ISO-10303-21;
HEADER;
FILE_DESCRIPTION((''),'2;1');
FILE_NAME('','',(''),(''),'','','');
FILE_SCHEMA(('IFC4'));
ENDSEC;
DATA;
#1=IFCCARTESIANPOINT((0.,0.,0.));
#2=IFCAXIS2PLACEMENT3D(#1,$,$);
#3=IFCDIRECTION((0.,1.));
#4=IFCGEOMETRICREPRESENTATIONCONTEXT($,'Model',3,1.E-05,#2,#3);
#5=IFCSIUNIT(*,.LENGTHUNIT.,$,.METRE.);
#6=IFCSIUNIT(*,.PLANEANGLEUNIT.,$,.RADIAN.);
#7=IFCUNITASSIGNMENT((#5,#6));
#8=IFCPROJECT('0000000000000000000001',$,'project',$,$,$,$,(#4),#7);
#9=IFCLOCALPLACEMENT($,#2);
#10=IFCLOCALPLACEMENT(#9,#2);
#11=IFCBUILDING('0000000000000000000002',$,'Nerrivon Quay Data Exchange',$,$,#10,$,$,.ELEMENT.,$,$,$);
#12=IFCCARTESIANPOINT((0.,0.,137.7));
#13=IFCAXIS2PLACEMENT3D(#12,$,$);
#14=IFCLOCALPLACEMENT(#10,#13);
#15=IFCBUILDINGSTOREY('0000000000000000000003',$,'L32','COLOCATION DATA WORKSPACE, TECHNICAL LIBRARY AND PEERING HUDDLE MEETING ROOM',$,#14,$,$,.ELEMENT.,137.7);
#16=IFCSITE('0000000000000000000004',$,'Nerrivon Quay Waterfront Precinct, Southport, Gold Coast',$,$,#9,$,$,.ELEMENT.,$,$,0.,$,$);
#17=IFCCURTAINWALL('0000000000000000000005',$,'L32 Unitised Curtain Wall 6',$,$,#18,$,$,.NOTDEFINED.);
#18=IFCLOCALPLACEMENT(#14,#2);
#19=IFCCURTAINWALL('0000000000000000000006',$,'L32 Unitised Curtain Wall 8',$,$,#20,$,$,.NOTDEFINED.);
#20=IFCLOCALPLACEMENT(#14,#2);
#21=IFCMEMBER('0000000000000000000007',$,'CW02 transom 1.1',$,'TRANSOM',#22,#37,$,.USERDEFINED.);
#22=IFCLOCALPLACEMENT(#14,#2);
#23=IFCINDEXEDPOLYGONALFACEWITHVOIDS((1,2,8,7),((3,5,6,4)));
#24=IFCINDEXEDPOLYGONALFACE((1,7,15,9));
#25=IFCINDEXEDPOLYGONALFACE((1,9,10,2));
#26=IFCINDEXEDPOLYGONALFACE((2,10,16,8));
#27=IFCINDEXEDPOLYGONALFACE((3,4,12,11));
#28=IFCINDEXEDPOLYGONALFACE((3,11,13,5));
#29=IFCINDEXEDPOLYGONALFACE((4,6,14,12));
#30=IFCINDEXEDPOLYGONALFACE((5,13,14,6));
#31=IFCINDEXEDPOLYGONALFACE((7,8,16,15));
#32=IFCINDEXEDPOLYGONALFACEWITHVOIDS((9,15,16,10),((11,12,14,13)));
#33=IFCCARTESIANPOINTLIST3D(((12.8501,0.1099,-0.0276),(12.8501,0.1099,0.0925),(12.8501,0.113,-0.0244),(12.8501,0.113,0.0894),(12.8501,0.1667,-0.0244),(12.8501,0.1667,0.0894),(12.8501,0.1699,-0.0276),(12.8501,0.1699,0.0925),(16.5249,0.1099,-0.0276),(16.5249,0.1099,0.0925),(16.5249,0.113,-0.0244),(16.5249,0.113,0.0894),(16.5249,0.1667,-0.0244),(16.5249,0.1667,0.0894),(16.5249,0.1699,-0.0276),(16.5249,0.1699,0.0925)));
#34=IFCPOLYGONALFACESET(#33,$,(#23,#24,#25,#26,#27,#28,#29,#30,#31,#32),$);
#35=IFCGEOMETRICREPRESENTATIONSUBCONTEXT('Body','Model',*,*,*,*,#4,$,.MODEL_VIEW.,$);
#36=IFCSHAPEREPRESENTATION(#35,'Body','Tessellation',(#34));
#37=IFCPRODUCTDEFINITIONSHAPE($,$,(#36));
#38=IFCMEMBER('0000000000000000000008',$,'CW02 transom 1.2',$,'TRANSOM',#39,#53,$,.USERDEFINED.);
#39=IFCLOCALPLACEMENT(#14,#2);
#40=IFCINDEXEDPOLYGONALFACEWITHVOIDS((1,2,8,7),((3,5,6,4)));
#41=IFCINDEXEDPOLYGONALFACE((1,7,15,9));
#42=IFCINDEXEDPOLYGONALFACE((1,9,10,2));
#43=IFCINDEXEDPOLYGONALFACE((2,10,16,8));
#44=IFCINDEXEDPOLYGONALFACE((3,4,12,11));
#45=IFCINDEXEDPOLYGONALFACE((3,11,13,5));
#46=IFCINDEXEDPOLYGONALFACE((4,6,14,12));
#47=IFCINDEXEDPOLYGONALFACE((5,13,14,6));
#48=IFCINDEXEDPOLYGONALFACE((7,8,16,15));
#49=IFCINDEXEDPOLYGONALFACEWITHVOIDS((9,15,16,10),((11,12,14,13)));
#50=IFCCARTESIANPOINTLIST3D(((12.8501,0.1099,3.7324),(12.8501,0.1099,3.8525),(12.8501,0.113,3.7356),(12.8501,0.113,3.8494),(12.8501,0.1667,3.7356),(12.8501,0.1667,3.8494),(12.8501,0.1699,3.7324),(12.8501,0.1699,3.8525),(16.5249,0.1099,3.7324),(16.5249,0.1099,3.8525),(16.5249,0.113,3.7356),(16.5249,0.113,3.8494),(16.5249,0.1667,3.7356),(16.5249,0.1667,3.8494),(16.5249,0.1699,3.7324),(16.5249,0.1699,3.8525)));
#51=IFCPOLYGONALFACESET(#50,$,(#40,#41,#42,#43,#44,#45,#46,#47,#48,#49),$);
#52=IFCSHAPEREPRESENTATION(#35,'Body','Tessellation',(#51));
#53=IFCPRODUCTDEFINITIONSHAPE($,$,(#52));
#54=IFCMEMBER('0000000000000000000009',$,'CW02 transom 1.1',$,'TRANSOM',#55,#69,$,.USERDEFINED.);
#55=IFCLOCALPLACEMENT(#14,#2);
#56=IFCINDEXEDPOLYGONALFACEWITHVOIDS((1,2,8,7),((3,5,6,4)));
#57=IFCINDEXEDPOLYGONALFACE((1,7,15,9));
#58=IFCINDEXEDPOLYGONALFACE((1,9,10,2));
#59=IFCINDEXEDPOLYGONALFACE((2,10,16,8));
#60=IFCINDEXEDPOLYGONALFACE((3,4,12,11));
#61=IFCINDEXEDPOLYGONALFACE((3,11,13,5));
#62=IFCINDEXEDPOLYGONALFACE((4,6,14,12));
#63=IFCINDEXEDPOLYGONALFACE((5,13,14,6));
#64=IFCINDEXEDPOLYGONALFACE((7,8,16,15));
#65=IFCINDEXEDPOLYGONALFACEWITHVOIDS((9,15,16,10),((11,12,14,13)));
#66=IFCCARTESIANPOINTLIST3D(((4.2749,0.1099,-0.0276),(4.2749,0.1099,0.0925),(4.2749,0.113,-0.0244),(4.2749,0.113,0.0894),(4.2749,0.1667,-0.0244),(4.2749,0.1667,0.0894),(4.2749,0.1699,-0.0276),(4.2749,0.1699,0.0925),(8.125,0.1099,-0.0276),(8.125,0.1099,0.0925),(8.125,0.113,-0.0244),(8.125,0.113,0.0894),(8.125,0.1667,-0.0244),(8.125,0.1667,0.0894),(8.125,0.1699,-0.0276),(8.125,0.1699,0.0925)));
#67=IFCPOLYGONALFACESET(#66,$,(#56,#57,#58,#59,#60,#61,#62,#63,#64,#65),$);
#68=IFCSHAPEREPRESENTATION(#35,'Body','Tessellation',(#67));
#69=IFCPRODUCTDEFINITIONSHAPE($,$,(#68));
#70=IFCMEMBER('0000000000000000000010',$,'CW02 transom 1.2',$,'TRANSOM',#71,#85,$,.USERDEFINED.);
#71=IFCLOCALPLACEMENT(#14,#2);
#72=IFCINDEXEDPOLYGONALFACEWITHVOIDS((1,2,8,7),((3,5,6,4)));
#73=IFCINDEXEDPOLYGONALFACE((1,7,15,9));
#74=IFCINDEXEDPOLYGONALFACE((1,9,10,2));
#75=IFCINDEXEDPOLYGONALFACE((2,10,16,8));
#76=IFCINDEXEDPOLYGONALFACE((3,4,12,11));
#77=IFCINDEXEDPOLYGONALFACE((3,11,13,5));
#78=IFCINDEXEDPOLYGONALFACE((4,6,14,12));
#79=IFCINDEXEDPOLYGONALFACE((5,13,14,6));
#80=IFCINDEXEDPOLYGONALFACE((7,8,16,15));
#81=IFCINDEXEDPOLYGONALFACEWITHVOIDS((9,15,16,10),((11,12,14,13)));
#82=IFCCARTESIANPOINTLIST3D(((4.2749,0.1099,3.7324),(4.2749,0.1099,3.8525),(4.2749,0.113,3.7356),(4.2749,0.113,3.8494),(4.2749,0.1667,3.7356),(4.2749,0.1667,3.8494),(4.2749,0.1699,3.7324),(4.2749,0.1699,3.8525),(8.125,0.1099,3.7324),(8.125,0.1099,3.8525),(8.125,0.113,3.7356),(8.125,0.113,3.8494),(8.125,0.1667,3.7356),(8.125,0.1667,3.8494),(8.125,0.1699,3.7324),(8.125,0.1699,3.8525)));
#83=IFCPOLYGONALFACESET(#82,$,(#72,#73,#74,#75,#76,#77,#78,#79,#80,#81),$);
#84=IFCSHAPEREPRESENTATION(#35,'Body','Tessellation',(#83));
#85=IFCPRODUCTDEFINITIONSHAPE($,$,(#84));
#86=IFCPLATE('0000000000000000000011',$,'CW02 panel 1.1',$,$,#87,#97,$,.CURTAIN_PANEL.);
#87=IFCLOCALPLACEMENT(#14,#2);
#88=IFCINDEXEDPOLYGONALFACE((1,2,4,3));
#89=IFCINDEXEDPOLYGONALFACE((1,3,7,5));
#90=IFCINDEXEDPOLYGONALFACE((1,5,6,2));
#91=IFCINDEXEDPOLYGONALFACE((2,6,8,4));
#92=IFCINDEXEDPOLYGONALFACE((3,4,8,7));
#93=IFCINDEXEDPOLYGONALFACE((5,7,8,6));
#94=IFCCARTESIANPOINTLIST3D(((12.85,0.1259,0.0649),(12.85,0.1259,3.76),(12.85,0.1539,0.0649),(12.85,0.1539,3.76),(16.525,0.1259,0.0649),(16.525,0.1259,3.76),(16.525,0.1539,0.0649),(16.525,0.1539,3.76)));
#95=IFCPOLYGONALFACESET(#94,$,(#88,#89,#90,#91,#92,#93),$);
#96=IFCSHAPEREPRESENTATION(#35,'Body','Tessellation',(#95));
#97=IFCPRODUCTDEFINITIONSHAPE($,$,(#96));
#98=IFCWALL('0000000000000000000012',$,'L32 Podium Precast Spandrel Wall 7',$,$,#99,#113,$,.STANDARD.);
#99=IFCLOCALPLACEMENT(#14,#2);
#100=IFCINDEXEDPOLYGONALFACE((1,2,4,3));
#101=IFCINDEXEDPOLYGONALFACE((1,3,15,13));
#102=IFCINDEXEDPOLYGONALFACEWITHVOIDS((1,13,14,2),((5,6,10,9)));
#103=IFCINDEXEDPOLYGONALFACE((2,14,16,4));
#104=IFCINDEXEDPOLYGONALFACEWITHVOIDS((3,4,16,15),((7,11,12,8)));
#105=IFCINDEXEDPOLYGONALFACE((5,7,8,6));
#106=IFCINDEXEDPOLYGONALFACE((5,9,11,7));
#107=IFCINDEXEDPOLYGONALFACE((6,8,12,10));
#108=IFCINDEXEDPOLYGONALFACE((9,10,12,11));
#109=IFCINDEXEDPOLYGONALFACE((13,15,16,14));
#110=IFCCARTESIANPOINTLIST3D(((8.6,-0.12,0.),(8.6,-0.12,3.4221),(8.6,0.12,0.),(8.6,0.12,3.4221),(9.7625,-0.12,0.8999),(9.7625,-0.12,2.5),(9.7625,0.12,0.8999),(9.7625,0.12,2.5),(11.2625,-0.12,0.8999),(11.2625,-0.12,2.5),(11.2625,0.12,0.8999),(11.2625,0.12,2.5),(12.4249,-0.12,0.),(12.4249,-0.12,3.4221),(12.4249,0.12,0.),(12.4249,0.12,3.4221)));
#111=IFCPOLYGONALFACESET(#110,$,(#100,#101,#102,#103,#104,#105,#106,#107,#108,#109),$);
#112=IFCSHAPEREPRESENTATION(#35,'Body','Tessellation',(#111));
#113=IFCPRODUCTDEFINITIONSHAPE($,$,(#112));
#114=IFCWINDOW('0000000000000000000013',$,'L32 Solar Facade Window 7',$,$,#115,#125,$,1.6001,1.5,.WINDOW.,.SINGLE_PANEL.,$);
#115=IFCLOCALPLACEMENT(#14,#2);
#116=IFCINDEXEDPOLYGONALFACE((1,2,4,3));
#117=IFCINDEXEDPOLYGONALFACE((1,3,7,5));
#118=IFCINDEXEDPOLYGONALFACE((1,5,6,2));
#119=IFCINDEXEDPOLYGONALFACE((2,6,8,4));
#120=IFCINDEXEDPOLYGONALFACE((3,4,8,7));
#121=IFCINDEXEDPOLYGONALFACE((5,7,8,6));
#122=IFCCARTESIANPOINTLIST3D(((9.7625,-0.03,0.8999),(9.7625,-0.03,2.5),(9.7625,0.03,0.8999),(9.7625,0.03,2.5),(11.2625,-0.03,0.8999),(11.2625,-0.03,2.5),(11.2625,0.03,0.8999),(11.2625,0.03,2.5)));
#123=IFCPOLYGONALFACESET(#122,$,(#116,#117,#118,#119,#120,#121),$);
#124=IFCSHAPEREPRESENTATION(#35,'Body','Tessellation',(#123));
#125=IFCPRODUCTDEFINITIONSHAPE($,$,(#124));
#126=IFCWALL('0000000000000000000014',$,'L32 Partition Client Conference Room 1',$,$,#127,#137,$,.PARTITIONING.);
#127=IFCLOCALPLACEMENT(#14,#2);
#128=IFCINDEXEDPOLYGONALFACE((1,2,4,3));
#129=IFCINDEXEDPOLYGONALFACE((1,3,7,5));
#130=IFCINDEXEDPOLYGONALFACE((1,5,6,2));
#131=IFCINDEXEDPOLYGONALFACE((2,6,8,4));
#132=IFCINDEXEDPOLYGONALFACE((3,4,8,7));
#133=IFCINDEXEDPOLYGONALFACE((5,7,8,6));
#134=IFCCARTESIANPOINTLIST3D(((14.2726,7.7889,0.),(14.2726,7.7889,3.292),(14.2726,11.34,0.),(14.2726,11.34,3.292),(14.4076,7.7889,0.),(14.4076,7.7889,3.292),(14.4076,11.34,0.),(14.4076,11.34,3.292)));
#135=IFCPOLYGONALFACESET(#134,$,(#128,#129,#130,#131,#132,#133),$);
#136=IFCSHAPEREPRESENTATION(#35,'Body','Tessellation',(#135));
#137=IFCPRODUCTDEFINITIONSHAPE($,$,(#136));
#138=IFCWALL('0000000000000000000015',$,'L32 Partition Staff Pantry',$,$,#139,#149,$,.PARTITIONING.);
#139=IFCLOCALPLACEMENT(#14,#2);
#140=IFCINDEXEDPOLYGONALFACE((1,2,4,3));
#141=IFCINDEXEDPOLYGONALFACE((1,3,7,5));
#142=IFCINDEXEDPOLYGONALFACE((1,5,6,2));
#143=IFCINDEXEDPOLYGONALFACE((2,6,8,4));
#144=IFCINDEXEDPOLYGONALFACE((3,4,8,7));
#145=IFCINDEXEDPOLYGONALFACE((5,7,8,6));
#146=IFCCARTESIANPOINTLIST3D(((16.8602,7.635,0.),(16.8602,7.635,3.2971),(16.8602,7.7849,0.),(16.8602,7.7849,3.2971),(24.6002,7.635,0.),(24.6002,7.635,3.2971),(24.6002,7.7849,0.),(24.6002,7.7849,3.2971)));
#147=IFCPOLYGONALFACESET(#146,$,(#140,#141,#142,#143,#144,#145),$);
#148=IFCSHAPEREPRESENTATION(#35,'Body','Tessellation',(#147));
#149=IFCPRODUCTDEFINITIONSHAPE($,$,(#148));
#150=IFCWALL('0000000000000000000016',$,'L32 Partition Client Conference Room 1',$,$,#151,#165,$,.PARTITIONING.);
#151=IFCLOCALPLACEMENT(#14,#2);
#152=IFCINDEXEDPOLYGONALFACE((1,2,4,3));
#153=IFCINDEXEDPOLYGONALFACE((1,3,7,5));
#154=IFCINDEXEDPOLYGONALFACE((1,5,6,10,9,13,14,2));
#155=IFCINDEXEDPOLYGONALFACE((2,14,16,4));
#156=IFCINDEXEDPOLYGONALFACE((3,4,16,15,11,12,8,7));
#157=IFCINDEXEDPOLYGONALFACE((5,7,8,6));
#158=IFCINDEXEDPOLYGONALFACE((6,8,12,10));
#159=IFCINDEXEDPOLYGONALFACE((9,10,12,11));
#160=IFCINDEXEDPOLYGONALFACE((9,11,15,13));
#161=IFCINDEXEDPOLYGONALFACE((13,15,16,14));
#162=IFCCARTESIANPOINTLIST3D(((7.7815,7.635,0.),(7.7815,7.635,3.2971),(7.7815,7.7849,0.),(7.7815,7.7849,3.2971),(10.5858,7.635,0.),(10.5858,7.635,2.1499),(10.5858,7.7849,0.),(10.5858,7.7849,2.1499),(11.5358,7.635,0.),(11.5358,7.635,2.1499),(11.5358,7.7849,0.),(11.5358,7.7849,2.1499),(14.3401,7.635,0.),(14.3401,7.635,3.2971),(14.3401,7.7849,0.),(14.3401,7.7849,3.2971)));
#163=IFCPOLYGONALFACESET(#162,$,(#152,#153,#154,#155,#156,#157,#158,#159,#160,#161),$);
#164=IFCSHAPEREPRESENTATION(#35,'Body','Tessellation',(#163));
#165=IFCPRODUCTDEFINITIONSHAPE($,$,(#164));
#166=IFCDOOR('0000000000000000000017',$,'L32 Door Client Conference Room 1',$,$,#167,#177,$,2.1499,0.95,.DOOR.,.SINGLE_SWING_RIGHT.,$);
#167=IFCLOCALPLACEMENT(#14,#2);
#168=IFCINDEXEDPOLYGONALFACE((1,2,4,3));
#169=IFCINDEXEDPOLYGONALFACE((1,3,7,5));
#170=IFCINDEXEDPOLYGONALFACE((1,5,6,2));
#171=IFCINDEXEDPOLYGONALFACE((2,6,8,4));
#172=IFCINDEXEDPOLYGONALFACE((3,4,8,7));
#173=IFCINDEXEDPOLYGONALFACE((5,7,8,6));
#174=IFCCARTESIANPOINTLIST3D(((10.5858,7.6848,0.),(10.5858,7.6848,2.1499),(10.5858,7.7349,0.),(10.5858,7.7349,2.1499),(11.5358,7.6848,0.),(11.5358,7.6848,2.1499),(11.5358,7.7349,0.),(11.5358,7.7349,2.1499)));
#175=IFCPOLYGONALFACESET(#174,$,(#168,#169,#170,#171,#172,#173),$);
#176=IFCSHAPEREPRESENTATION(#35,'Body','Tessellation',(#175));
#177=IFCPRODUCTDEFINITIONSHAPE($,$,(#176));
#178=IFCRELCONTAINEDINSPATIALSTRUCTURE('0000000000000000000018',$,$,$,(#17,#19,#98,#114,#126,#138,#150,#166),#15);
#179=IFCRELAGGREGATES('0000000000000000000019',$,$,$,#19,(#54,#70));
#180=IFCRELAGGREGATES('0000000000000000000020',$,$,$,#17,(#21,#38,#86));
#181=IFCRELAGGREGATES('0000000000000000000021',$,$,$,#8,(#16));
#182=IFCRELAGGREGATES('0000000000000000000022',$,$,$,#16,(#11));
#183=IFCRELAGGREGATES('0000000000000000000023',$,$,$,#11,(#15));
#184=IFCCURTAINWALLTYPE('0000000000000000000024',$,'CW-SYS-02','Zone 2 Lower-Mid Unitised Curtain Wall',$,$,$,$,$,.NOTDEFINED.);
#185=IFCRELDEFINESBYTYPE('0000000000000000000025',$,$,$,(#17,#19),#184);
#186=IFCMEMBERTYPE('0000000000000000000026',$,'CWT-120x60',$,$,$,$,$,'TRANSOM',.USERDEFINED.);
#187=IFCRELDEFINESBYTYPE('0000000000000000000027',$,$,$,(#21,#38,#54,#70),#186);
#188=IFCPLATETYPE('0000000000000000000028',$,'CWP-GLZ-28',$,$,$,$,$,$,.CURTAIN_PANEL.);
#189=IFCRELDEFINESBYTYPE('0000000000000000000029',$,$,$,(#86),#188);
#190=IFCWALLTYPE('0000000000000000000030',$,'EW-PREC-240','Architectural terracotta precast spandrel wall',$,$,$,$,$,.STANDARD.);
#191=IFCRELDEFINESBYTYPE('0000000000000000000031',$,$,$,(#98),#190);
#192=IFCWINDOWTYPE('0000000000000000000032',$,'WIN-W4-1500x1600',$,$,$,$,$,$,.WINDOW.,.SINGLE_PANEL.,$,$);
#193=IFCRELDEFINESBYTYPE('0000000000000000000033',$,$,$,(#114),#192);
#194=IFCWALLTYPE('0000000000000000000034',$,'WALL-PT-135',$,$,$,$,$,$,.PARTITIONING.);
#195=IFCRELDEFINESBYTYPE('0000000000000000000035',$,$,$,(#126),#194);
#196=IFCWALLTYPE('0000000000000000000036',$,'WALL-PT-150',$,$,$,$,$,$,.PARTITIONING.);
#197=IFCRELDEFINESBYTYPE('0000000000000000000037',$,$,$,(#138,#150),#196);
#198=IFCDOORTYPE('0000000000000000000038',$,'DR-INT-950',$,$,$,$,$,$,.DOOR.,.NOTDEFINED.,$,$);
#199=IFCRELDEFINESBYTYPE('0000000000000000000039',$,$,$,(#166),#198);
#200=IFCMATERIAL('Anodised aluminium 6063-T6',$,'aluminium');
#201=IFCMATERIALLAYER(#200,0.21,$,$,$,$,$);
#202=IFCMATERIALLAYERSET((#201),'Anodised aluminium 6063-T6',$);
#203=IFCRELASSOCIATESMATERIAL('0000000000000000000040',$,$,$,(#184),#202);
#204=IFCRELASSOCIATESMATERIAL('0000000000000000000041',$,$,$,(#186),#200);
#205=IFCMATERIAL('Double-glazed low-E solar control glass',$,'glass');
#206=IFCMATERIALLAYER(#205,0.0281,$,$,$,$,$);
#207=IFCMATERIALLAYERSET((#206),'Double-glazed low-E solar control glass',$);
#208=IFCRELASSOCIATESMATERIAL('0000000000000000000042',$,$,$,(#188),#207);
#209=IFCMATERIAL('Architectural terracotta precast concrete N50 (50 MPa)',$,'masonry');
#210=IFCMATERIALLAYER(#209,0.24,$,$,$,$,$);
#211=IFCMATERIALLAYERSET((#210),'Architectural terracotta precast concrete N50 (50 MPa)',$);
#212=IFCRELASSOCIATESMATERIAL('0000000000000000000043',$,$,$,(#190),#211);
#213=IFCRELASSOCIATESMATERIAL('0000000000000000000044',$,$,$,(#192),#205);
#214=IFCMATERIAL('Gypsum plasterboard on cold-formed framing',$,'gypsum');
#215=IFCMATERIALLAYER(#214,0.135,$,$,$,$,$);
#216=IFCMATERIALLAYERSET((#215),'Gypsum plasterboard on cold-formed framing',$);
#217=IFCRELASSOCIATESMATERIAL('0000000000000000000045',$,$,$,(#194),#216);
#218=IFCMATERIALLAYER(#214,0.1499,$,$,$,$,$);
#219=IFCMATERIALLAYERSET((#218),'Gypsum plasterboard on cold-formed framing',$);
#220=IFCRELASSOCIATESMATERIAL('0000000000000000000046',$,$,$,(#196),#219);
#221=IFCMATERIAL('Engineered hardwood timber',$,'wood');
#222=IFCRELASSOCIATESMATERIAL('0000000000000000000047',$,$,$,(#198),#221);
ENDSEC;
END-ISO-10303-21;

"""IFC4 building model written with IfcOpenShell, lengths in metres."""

from ifc_helpers import new_model, si_unit, direction, frame, frame_2d, origin, origin_2d, place, context, subcontext, project, spatial, rectangle, hollow_rectangle, extrude, material, layer, layer_set, material_profile, profile_set, type_object, element, fill, aggregate, save


model = new_model("IFC4")

# Units and contexts
model_context = context("Model", 3, precision=1e-05, world=origin(), true_north=direction((0.0, 1.0)))
body_context = subcontext(model_context, "Body", "Model", "MODEL_VIEW")
ifc_project = project(units=[si_unit("LENGTHUNIT", "METRE"), si_unit("PLANEANGLEUNIT", "RADIAN")], contexts=[model_context])

# Site, building, storey
site_placement = place(None, origin())
site = spatial("IfcSite", under=ifc_project, at=site_placement, Name="Nerrivon Quay Waterfront Precinct, Southport, Gold Coast", CompositionType="ELEMENT", RefElevation=0.0)
building_placement = place(site_placement, origin())
building = spatial("IfcBuilding", under=site, at=building_placement, Name="Nerrivon Quay Data Exchange", CompositionType="ELEMENT")
storey_placement = place(building_placement, frame((0.0, 0.0, 137.7)))
storey = spatial("IfcBuildingStorey", under=building, at=storey_placement, Name="L32", Description="COLOCATION DATA WORKSPACE, TECHNICAL LIBRARY AND PEERING HUDDLE MEETING ROOM", CompositionType="ELEMENT", Elevation=137.7)

# Curtain wall
ifc_material_1 = material(Name="Anodised aluminium 6063-T6", Category="aluminium")
ifc_layer_1 = layer(ifc_material_1, 0.21)
ifc_layer_set_1 = layer_set([ifc_layer_1], Name="Anodised aluminium 6063-T6")
curtain_wall_type = type_object("IfcCurtainWallType", Name="CW-SYS-02", Description="Zone 2 Lower-Mid Unitised Curtain Wall", PredefinedType="NOTDEFINED", material=ifc_layer_set_1)
curtain_wall_1_placement = place(storey_placement, origin())
curtain_wall_1 = element("IfcCurtainWall", 1, at=curtain_wall_1_placement, inside=storey, type_object=curtain_wall_type, Name="L32 Unitised Curtain Wall 6", PredefinedType="NOTDEFINED")

# Curtain wall
curtain_wall_2_placement = place(storey_placement, origin())
curtain_wall_2 = element("IfcCurtainWall", 2, at=curtain_wall_2_placement, inside=storey, type_object=curtain_wall_type, Name="L32 Unitised Curtain Wall 8", PredefinedType="NOTDEFINED")

# Members
ifc_material_profile_1 = material_profile(ifc_material_1, hollow_rectangle(XDim=0.0601, YDim=0.1201, WallThickness=0.0032, at=origin_2d()), Name="ALU-TRAN-120x60")
ifc_profile_set_1 = profile_set([ifc_material_profile_1], Name="Anodised aluminium 6063-T6")
member_type_1 = type_object("IfcMemberType", Name="CWT-120x60", ElementType="TRANSOM", PredefinedType="USERDEFINED", material=ifc_profile_set_1)
member_1_placement = place(storey_placement, frame((16.5249, 0.1399, 0.0325), z_axis=(-1.0, 0.0, 0.0), x_axis=(0.0, -1.0, 0.0)))
member_1 = element("IfcMember", 3, at=member_1_placement, type_object=member_type_1, Name="CW02 transom 1.1", ObjectType="TRANSOM", PredefinedType="USERDEFINED", context=body_context, shape_type="SweptSolid", body=[
    extrude(hollow_rectangle(XDim=0.0601, YDim=0.1201, WallThickness=0.0032, at=origin_2d()), origin(), (0.0, 0.0, 1.0), 3.6748),
])
member_2_placement = place(storey_placement, frame((16.5249, 0.1399, 3.7925), z_axis=(-1.0, 0.0, 0.0), x_axis=(0.0, -1.0, 0.0)))
member_2 = element("IfcMember", 4, at=member_2_placement, type_object=member_type_1, Name="CW02 transom 1.2", ObjectType="TRANSOM", PredefinedType="USERDEFINED", context=body_context, shape_type="SweptSolid", body=[
    extrude(hollow_rectangle(XDim=0.0601, YDim=0.1201, WallThickness=0.0032, at=origin_2d()), origin(), (0.0, 0.0, 1.0), 3.6748),
])
member_3_placement = place(storey_placement, frame((8.125, 0.1399, 0.0325), z_axis=(-1.0, 0.0, 0.0), x_axis=(0.0, -1.0, 0.0)))
member_3 = element("IfcMember", 5, at=member_3_placement, type_object=member_type_1, Name="CW02 transom 1.1", ObjectType="TRANSOM", PredefinedType="USERDEFINED", context=body_context, shape_type="SweptSolid", body=[
    extrude(hollow_rectangle(XDim=0.0601, YDim=0.1201, WallThickness=0.0032, at=origin_2d()), origin(), (0.0, 0.0, 1.0), 3.8501),
])
member_4_placement = place(storey_placement, frame((8.125, 0.1399, 3.7925), z_axis=(-1.0, 0.0, 0.0), x_axis=(0.0, -1.0, 0.0)))
member_4 = element("IfcMember", 6, at=member_4_placement, type_object=member_type_1, Name="CW02 transom 1.2", ObjectType="TRANSOM", PredefinedType="USERDEFINED", context=body_context, shape_type="SweptSolid", body=[
    extrude(hollow_rectangle(XDim=0.0601, YDim=0.1201, WallThickness=0.0032, at=origin_2d()), origin(), (0.0, 0.0, 1.0), 3.8501),
])
aggregate(curtain_wall_2, [member_3, member_4])

# Plate
ifc_material_2 = material(Name="Double-glazed low-E solar control glass", Category="glass")
ifc_layer_2 = layer(ifc_material_2, 0.0281)
ifc_layer_set_2 = layer_set([ifc_layer_2], Name="Double-glazed low-E solar control glass")
plate_type = type_object("IfcPlateType", Name="CWP-GLZ-28", PredefinedType="CURTAIN_PANEL", material=ifc_layer_set_2)
plate_placement = place(storey_placement, frame((14.6875, 0.1399, 0.0649), z_axis=(0.0, 0.0, 1.0), x_axis=(-1.0, 0.0, 0.0)))
plate = element("IfcPlate", 7, at=plate_placement, type_object=plate_type, Name="CW02 panel 1.1", PredefinedType="CURTAIN_PANEL", context=body_context, shape_type="SweptSolid", body=[
    extrude(rectangle(XDim=3.675, YDim=0.0281, at=origin_2d()), origin(), (0.0, 0.0, 1.0), 3.6951),
])
aggregate(curtain_wall_1, [member_1, member_2, plate])

# Wall, opening, window
ifc_material_3 = material(Name="Architectural terracotta precast concrete N50 (50 MPa)", Category="masonry")
ifc_layer_3 = layer(ifc_material_3, 0.24)
ifc_layer_set_3 = layer_set([ifc_layer_3], Name="Architectural terracotta precast concrete N50 (50 MPa)")
wall_type_1 = type_object("IfcWallType", Name="EW-PREC-240", Description="Architectural terracotta precast spandrel wall", PredefinedType="STANDARD", material=ifc_layer_set_3)
wall_1_placement = place(storey_placement, frame((12.425, 0.0, 0.0), z_axis=(0.0, 0.0, 1.0), x_axis=(-1.0, 0.0, 0.0)))
wall_1 = element("IfcWall", 8, at=wall_1_placement, inside=storey, type_object=wall_type_1, Name="L32 Podium Precast Spandrel Wall 7", PredefinedType="STANDARD", context=body_context, shape_type="SweptSolid", body=[
    extrude(rectangle(XDim=3.825, YDim=0.24, at=frame_2d((1.9126, 0.0))), origin(), (0.0, 0.0, 1.0), 3.4221),
])
opening_1_placement = place(wall_1_placement, frame((1.1626, 0.0, 0.8999)))
opening_1 = element("IfcOpeningElement", 9, at=opening_1_placement, cuts=wall_1, PredefinedType="OPENING", context=body_context, shape_type="SweptSolid", body=[
    extrude(rectangle(XDim=1.5, YDim=1.6001, at=frame_2d((0.75, 0.8))), frame((0.0, 0.1299, 0.0), z_axis=(0.0, -1.0, 0.0), x_axis=(1.0, 0.0, 0.0)), (0.0, 0.0, 1.0), 0.26),
])
window_type = type_object("IfcWindowType", Name="WIN-W4-1500x1600", PartitioningType="SINGLE_PANEL", PredefinedType="WINDOW", material=ifc_material_2)
window_placement = place(opening_1_placement, origin())
window = element("IfcWindow", 10, at=window_placement, inside=storey, type_object=window_type, Name="L32 Solar Facade Window 7", OverallHeight=1.6001, OverallWidth=1.5, PartitioningType="SINGLE_PANEL", PredefinedType="WINDOW", context=body_context, shape_type="SweptSolid", body=[
    extrude(rectangle(XDim=1.5, YDim=1.6001, at=frame_2d((0.75, 0.8))), frame((0.0, 0.03, 0.0), z_axis=(0.0, -1.0, 0.0), x_axis=(1.0, 0.0, 0.0)), (0.0, 0.0, 1.0), 0.0601),
])
fill(opening_1, window)

# Walls
ifc_material_4 = material(Name="Gypsum plasterboard on cold-formed framing", Category="gypsum")
ifc_layer_4 = layer(ifc_material_4, 0.135)
ifc_layer_set_4 = layer_set([ifc_layer_4], Name="Gypsum plasterboard on cold-formed framing")
wall_type_2 = type_object("IfcWallType", Name="WALL-PT-135", PredefinedType="PARTITIONING", material=ifc_layer_set_4)
wall_2_placement = place(storey_placement, frame((14.3401, 7.7891, 0.0), z_axis=(0.0, 0.0, 1.0), x_axis=(0.0, 1.0, 0.0)))
element("IfcWall", 11, at=wall_2_placement, inside=storey, type_object=wall_type_2, Name="L32 Partition Client Conference Room 1", PredefinedType="PARTITIONING", context=body_context, shape_type="SweptSolid", body=[
    extrude(rectangle(XDim=3.551, YDim=0.135, at=frame_2d((1.7754, 0.0))), origin(), (0.0, 0.0, 1.0), 3.292),
])
ifc_layer_5 = layer(ifc_material_4, 0.1499)
ifc_layer_set_5 = layer_set([ifc_layer_5], Name="Gypsum plasterboard on cold-formed framing")
wall_type_3 = type_object("IfcWallType", Name="WALL-PT-150", PredefinedType="PARTITIONING", material=ifc_layer_set_5)
wall_3_placement = place(storey_placement, frame((16.8601, 7.71, 0.0), z_axis=(0.0, 0.0, 1.0), x_axis=(1.0, 0.0, 0.0)))
element("IfcWall", 12, at=wall_3_placement, inside=storey, type_object=wall_type_3, Name="L32 Partition Staff Pantry", PredefinedType="PARTITIONING", context=body_context, shape_type="SweptSolid", body=[
    extrude(rectangle(XDim=7.74, YDim=0.1499, at=frame_2d((3.8701, 0.0))), origin(), (0.0, 0.0, 1.0), 3.2971),
])

# Wall, opening, door
wall_4_placement = place(storey_placement, frame((7.7815, 7.71, 0.0), z_axis=(0.0, 0.0, 1.0), x_axis=(1.0, 0.0, 0.0)))
wall_4 = element("IfcWall", 13, at=wall_4_placement, inside=storey, type_object=wall_type_3, Name="L32 Partition Client Conference Room 1", PredefinedType="PARTITIONING", context=body_context, shape_type="SweptSolid", body=[
    extrude(rectangle(XDim=6.5586, YDim=0.1499, at=frame_2d((3.2793, 0.0))), origin(), (0.0, 0.0, 1.0), 3.2971),
])
opening_2_placement = place(wall_4_placement, frame((2.8042, 0.0, 0.0)))
opening_2 = element("IfcOpeningElement", 14, at=opening_2_placement, cuts=wall_4, PredefinedType="OPENING", context=body_context, shape_type="SweptSolid", body=[
    extrude(rectangle(XDim=0.95, YDim=2.1499, at=frame_2d((0.4751, 1.075))), frame((0.0, 0.085, 0.0), z_axis=(0.0, -1.0, 0.0), x_axis=(1.0, 0.0, 0.0)), (0.0, 0.0, 1.0), 0.1699),
])
ifc_material_5 = material(Name="Engineered hardwood timber", Category="wood")
door_type = type_object("IfcDoorType", Name="DR-INT-950", OperationType="NOTDEFINED", PredefinedType="DOOR", material=ifc_material_5)
door_placement = place(opening_2_placement, origin())
door = element("IfcDoor", 15, at=door_placement, inside=storey, type_object=door_type, Name="L32 Door Client Conference Room 1", OperationType="SINGLE_SWING_RIGHT", OverallHeight=2.1499, OverallWidth=0.95, PredefinedType="DOOR", context=body_context, shape_type="SweptSolid", body=[
    extrude(rectangle(XDim=0.95, YDim=2.1499, at=frame_2d((0.4751, 1.075))), frame((0.0, 0.0249, 0.0), z_axis=(0.0, -1.0, 0.0), x_axis=(1.0, 0.0, 0.0)), (0.0, 0.0, 1.0), 0.05),
])
fill(opening_2, door)

save(model, "model.ifc")
